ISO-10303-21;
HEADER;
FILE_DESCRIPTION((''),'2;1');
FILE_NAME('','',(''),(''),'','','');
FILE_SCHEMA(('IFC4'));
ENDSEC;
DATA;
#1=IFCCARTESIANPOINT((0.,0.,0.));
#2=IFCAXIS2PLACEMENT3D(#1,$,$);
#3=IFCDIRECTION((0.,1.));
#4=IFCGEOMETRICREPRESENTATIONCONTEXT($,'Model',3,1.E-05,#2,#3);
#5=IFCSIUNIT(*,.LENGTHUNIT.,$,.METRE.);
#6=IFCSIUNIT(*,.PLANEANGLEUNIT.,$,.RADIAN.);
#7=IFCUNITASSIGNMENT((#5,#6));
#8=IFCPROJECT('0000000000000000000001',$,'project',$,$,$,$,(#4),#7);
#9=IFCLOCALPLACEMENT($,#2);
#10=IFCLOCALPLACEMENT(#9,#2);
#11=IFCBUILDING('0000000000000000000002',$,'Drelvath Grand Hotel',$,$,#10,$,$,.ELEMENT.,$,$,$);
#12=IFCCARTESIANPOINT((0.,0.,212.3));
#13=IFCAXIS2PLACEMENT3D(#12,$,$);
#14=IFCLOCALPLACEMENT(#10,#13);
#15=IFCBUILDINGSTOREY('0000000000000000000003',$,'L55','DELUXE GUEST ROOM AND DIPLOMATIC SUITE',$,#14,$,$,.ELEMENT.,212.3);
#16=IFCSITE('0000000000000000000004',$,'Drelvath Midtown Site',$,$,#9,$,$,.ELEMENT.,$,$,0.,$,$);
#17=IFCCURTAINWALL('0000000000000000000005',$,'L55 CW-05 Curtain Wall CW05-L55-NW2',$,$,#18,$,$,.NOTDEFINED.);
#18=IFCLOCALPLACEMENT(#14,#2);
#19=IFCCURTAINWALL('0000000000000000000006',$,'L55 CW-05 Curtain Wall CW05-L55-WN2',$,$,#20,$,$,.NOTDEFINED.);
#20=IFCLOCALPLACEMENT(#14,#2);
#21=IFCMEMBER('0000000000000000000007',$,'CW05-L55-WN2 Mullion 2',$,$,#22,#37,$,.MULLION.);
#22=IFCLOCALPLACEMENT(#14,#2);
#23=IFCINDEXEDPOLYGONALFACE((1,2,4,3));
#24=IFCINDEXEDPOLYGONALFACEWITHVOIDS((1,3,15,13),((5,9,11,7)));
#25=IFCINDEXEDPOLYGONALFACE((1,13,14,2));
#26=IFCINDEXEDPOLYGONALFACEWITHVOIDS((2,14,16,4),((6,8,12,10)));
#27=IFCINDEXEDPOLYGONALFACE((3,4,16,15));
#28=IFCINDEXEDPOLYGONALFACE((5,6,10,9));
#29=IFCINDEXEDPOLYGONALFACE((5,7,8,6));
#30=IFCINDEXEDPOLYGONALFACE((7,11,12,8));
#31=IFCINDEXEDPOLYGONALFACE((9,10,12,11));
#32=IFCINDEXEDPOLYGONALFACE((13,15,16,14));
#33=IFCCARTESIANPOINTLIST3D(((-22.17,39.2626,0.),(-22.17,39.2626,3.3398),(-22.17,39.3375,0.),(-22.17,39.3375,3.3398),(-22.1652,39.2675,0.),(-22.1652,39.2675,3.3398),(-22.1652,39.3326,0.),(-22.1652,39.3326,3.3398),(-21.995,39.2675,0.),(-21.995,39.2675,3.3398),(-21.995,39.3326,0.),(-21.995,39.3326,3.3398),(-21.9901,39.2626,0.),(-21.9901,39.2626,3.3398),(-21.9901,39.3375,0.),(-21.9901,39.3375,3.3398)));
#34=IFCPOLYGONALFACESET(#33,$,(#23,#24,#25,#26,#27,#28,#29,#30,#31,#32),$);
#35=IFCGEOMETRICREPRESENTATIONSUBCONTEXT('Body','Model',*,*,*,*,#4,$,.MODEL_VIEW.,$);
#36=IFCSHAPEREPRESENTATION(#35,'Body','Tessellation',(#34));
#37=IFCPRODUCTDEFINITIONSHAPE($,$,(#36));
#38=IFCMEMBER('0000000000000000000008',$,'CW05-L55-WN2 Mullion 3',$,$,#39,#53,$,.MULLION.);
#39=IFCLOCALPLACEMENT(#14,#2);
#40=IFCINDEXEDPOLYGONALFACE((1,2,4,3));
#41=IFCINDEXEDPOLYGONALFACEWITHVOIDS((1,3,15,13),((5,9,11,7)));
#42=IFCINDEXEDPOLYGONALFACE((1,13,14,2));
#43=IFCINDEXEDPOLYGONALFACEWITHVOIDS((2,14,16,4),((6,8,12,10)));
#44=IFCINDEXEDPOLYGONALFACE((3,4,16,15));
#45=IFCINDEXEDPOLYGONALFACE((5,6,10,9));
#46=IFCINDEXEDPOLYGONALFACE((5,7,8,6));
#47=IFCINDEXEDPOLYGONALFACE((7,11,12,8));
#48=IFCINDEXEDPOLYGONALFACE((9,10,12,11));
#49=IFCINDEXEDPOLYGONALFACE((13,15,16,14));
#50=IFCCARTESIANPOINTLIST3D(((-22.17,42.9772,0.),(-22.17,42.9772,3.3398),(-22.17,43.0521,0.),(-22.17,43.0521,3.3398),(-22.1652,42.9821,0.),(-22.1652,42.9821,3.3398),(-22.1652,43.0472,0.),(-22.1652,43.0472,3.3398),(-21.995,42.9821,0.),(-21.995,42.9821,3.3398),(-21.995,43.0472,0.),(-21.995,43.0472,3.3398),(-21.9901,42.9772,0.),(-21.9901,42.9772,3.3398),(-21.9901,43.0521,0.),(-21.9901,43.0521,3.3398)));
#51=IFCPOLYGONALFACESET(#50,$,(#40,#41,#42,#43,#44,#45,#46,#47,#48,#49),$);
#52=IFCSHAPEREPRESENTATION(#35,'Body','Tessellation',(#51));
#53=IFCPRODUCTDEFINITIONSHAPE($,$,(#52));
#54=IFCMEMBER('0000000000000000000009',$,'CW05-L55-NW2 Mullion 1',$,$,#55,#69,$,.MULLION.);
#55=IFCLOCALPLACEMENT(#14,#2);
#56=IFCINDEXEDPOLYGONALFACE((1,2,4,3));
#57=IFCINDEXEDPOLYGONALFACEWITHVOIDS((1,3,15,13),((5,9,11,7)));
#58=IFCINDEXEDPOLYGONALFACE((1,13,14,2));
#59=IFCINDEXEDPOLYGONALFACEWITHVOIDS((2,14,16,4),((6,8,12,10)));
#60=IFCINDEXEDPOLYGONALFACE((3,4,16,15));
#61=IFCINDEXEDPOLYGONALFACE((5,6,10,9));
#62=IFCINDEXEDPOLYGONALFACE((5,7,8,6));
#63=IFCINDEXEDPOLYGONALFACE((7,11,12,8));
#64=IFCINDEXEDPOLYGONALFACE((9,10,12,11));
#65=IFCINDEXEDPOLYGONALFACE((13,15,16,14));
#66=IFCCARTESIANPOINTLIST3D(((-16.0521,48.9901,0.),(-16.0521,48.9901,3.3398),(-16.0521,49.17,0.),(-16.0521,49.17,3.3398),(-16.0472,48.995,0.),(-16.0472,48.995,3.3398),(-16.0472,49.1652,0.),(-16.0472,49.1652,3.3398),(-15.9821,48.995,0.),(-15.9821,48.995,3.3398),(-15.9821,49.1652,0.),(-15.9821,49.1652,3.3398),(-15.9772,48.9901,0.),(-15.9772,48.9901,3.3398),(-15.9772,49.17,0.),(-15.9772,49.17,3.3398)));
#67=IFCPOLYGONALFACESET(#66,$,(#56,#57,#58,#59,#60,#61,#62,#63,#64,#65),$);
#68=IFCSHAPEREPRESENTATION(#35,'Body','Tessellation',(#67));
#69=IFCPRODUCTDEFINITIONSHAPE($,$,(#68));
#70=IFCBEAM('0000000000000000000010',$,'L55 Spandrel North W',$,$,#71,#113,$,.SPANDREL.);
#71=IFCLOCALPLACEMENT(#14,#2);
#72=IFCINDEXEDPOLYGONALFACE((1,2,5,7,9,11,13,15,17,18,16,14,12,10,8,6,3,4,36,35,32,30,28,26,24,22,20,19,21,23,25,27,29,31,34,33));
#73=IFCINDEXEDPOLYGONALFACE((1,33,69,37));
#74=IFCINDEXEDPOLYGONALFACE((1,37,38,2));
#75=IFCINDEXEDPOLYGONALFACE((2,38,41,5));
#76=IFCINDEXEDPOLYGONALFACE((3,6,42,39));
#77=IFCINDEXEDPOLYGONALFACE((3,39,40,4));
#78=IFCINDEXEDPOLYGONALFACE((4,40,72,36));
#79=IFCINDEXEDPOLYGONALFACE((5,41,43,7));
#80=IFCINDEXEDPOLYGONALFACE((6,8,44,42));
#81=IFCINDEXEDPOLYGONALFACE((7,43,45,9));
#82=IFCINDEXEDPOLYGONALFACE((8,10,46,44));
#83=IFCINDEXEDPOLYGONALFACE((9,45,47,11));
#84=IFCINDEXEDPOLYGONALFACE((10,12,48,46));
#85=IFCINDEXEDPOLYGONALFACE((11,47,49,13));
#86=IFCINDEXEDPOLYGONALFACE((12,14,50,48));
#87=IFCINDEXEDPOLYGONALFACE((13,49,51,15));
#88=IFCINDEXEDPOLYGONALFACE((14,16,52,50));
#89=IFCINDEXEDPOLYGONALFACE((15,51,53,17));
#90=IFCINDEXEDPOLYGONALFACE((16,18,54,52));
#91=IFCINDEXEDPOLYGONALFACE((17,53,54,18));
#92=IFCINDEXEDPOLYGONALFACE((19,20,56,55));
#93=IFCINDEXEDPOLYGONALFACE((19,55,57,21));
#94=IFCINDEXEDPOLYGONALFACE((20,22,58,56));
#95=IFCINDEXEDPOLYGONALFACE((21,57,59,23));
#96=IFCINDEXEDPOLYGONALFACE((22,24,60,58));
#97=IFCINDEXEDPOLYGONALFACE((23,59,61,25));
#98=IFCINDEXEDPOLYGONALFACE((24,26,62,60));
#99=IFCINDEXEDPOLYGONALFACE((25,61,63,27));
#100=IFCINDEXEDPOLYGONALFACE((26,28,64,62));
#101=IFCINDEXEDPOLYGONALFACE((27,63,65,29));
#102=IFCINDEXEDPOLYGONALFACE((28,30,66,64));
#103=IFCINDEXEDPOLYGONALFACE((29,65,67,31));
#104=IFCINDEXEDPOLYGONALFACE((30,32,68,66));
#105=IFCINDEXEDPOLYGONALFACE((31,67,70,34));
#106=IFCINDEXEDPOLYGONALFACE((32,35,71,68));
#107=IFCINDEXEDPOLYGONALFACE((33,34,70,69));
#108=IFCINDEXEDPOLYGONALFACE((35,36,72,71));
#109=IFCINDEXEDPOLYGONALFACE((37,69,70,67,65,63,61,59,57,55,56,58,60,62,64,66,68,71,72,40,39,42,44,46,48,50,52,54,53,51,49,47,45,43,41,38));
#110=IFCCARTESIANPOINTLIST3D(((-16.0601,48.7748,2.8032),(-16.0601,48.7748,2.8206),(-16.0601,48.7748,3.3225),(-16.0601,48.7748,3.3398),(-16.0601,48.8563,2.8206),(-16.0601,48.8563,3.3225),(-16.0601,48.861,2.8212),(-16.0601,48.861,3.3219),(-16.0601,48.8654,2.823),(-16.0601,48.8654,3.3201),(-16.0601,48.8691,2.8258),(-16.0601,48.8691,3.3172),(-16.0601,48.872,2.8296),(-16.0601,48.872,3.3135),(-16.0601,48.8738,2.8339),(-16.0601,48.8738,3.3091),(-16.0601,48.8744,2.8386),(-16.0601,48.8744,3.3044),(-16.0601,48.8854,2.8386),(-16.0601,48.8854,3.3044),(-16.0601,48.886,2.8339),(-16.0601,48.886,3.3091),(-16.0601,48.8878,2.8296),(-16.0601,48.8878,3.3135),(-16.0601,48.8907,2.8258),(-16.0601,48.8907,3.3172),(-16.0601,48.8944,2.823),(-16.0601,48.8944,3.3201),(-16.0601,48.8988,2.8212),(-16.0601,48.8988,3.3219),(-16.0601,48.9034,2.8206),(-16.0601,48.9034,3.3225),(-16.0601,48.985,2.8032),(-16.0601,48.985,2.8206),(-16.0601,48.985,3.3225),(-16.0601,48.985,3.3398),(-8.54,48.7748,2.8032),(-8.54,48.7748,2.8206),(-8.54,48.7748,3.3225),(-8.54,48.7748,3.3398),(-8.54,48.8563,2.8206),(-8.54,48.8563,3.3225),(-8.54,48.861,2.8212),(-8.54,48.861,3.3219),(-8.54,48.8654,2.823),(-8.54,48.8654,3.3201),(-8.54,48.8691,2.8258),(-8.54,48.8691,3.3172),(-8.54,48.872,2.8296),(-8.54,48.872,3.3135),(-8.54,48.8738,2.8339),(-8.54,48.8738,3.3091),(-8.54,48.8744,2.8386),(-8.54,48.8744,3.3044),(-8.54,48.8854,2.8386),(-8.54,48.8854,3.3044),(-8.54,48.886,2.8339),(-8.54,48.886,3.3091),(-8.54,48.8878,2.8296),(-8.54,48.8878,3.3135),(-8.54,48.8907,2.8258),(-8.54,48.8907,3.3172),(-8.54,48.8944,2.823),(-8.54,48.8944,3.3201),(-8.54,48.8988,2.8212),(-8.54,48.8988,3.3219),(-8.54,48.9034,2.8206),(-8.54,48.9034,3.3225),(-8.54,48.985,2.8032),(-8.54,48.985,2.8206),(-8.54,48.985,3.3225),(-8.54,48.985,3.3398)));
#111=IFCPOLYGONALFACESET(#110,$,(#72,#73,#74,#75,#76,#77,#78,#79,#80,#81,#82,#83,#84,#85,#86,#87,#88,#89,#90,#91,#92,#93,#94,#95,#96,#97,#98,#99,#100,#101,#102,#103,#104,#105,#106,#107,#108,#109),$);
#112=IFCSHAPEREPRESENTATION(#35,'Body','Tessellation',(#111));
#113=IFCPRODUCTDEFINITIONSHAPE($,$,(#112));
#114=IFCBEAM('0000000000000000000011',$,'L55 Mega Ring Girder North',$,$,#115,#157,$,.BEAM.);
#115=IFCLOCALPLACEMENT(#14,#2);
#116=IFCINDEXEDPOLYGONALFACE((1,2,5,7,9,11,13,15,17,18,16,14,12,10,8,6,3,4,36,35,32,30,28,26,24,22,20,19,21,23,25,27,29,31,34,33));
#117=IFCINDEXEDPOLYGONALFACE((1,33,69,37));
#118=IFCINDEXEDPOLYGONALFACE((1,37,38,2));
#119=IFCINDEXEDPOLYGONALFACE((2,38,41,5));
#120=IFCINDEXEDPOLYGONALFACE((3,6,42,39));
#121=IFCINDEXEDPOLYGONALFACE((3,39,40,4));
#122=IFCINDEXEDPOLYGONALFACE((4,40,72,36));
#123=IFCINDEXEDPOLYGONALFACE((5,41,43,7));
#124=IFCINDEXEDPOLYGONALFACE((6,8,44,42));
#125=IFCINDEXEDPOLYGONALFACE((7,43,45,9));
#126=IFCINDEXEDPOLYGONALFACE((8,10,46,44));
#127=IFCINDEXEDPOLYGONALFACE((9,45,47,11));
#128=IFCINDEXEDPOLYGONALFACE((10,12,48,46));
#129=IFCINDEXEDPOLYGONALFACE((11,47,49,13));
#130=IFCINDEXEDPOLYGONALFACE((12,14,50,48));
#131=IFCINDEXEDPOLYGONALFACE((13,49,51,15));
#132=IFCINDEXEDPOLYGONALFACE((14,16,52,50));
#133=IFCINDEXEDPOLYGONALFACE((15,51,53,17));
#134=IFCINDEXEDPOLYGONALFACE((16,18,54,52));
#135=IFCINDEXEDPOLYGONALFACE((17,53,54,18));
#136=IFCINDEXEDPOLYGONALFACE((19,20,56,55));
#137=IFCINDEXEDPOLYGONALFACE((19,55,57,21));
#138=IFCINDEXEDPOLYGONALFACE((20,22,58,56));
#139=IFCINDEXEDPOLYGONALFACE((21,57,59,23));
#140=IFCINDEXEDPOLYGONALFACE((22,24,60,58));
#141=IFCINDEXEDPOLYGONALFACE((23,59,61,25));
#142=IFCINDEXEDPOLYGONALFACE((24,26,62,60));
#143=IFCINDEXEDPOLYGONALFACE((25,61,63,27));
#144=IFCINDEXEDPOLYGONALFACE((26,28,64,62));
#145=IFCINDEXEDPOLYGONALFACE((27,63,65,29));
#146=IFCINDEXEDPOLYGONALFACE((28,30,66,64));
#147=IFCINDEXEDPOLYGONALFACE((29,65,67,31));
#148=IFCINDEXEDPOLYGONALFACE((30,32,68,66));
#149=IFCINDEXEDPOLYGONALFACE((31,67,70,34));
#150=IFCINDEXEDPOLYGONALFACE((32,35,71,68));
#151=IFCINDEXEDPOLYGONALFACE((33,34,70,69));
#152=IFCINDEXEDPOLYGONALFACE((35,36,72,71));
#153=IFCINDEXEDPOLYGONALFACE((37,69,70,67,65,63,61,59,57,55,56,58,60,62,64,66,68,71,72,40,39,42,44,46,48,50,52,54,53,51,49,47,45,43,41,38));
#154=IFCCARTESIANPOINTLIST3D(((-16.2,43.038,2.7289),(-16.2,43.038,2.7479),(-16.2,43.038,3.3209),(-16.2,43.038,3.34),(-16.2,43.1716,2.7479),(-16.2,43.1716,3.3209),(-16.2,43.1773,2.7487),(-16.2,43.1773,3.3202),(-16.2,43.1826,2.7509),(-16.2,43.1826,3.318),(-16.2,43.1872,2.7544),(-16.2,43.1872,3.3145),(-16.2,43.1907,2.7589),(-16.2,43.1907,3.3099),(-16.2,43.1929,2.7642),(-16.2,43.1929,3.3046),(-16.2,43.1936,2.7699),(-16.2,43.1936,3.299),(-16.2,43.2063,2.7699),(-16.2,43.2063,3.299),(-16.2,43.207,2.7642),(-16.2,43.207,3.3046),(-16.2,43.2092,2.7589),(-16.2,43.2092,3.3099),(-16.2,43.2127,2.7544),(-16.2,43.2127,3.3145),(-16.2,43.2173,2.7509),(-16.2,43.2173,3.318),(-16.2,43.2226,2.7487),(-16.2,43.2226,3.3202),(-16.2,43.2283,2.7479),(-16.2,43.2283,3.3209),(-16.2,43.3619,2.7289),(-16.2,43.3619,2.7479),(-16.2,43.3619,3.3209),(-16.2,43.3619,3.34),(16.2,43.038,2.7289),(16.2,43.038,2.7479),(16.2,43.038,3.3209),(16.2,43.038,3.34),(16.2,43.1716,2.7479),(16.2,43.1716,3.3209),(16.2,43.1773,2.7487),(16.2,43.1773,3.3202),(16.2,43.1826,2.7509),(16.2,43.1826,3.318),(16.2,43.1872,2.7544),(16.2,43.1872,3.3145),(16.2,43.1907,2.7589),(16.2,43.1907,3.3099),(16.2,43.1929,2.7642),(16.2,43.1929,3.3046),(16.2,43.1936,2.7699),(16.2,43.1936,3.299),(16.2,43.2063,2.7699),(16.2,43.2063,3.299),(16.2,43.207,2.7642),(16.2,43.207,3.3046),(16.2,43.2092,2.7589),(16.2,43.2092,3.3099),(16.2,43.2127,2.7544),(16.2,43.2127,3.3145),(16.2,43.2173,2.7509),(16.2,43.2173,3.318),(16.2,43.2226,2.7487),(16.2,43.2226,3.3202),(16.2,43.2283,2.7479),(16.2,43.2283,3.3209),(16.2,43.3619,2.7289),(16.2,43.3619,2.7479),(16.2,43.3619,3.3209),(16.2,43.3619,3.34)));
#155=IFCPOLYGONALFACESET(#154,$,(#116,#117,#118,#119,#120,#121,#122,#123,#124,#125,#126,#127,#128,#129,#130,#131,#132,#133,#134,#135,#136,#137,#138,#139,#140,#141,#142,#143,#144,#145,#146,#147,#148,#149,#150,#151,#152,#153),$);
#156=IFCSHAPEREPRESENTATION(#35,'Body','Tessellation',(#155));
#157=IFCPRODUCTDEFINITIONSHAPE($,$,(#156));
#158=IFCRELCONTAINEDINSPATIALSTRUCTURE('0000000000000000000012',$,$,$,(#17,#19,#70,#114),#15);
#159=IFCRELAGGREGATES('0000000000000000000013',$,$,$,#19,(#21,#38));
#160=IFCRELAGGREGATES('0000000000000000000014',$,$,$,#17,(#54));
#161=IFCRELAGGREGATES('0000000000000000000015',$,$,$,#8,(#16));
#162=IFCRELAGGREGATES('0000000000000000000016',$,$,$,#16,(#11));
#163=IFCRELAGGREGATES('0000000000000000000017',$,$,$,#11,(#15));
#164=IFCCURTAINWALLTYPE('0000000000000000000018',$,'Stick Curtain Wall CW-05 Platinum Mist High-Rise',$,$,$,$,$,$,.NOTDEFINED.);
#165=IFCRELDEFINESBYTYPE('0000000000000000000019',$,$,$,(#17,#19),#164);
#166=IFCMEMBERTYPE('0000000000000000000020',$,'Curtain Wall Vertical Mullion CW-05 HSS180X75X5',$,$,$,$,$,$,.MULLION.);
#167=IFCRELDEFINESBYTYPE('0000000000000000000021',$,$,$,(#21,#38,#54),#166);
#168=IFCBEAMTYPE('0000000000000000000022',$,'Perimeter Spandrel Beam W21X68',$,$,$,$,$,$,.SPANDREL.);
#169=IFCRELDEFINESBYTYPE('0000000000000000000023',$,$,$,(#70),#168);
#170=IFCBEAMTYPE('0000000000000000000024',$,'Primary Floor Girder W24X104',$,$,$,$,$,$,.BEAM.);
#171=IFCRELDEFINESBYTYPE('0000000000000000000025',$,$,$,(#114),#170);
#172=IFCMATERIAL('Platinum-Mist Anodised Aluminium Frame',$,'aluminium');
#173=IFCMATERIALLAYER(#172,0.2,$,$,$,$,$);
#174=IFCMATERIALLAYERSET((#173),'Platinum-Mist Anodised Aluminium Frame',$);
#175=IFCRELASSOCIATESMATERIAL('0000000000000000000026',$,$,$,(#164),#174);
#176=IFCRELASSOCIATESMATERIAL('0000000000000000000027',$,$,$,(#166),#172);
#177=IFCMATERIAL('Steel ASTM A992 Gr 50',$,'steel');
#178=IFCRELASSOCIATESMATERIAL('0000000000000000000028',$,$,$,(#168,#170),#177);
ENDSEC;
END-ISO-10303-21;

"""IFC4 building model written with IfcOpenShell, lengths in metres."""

from ifc_helpers import new_model, si_unit, direction, frame, origin, origin_2d, place, context, subcontext, project, spatial, hollow_rectangle, i_section, extrude, material, layer, layer_set, material_profile, profile_set, type_object, element, aggregate, save


model = new_model("IFC4")

# Units and contexts
model_context = context("Model", 3, precision=1e-05, world=origin(), true_north=direction((0.0, 1.0)))
body_context = subcontext(model_context, "Body", "Model", "MODEL_VIEW")
ifc_project = project(units=[si_unit("LENGTHUNIT", "METRE"), si_unit("PLANEANGLEUNIT", "RADIAN")], contexts=[model_context])

# Site, building, storey
site_placement = place(None, origin())
site = spatial("IfcSite", under=ifc_project, at=site_placement, Name="Drelvath Midtown Site", CompositionType="ELEMENT", RefElevation=0.0)
building_placement = place(site_placement, origin())
building = spatial("IfcBuilding", under=site, at=building_placement, Name="Drelvath Grand Hotel", CompositionType="ELEMENT")
storey_placement = place(building_placement, frame((0.0, 0.0, 212.3)))
storey = spatial("IfcBuildingStorey", under=building, at=storey_placement, Name="L55", Description="DELUXE GUEST ROOM AND DIPLOMATIC SUITE", CompositionType="ELEMENT", Elevation=212.3)

# Shared definitions
ifc_material_1 = material(Name="Steel ASTM A992 Gr 50", Category="steel")

# Curtain wall
ifc_material_2 = material(Name="Platinum-Mist Anodised Aluminium Frame", Category="aluminium")
ifc_layer_1 = layer(ifc_material_2, 0.2)
ifc_layer_set_1 = layer_set([ifc_layer_1], Name="Platinum-Mist Anodised Aluminium Frame")
curtain_wall_type = type_object("IfcCurtainWallType", Name="Stick Curtain Wall CW-05 Platinum Mist High-Rise", PredefinedType="NOTDEFINED", material=ifc_layer_set_1)
curtain_wall_1_placement = place(storey_placement, origin())
curtain_wall_1 = element("IfcCurtainWall", 1, at=curtain_wall_1_placement, inside=storey, type_object=curtain_wall_type, Name="L55 CW-05 Curtain Wall CW05-L55-NW2", PredefinedType="NOTDEFINED")

# Curtain wall, members
curtain_wall_2_placement = place(storey_placement, origin())
curtain_wall_2 = element("IfcCurtainWall", 2, at=curtain_wall_2_placement, inside=storey, type_object=curtain_wall_type, Name="L55 CW-05 Curtain Wall CW05-L55-WN2", PredefinedType="NOTDEFINED")
ifc_material_profile_1 = material_profile(ifc_material_2, hollow_rectangle(XDim=0.075, YDim=0.1799, WallThickness=0.0049, at=origin_2d()), Name="HSS180X75X5")
ifc_profile_set_1 = profile_set([ifc_material_profile_1], Name="Platinum-Mist Anodised Aluminium Frame")
member_type_1 = type_object("IfcMemberType", Name="Curtain Wall Vertical Mullion CW-05 HSS180X75X5", PredefinedType="MULLION", material=ifc_profile_set_1)
member_1_placement = place(storey_placement, frame((-22.0801, 39.3, 0.0), z_axis=(0.0, 0.0, 1.0), x_axis=(0.0, 1.0, 0.0)))
member_1 = element("IfcMember", 3, at=member_1_placement, type_object=member_type_1, Name="CW05-L55-WN2 Mullion 2", PredefinedType="MULLION", context=body_context, shape_type="SweptSolid", body=[
    extrude(hollow_rectangle(XDim=0.075, YDim=0.1799, WallThickness=0.0049, at=origin_2d()), origin(), (0.0, 0.0, 1.0), 3.3398),
])
member_2_placement = place(storey_placement, frame((-22.0801, 43.0146, 0.0), z_axis=(0.0, 0.0, 1.0), x_axis=(0.0, 1.0, 0.0)))
member_2 = element("IfcMember", 4, at=member_2_placement, type_object=member_type_1, Name="CW05-L55-WN2 Mullion 3", PredefinedType="MULLION", context=body_context, shape_type="SweptSolid", body=[
    extrude(hollow_rectangle(XDim=0.075, YDim=0.1799, WallThickness=0.0049, at=origin_2d()), origin(), (0.0, 0.0, 1.0), 3.3398),
])

# Member
member_3_placement = place(storey_placement, frame((-16.0146, 49.0801, 0.0), z_axis=(0.0, 0.0, 1.0), x_axis=(1.0, 0.0, 0.0)))
member_3 = element("IfcMember", 5, at=member_3_placement, type_object=member_type_1, Name="CW05-L55-NW2 Mullion 1", PredefinedType="MULLION", context=body_context, shape_type="SweptSolid", body=[
    extrude(hollow_rectangle(XDim=0.075, YDim=0.1799, WallThickness=0.0049, at=origin_2d()), origin(), (0.0, 0.0, 1.0), 3.3398),
])

# Beams
ifc_material_profile_2 = material_profile(ifc_material_1, i_section(OverallWidth=0.2102, OverallDepth=0.5366, WebThickness=0.011, FlangeThickness=0.0173, FilletRadius=0.0181, at=origin_2d()), Name="W21X68")
ifc_profile_set_2 = profile_set([ifc_material_profile_2], Name="Steel ASTM A992 Gr 50")
beam_type_1 = type_object("IfcBeamType", Name="Perimeter Spandrel Beam W21X68", PredefinedType="SPANDREL", material=ifc_profile_set_2)
beam_1_placement = place(storey_placement, frame((-16.0601, 48.8799, 3.0715), z_axis=(1.0, 0.0, 0.0), x_axis=(0.0, 1.0, 0.0)))
element("IfcBeam", 6, at=beam_1_placement, inside=storey, type_object=beam_type_1, Name="L55 Spandrel North W", PredefinedType="SPANDREL", context=body_context, shape_type="SweptSolid", body=[
    extrude(i_section(OverallWidth=0.2102, OverallDepth=0.5366, WebThickness=0.011, FlangeThickness=0.0173, FilletRadius=0.0181, at=origin_2d()), origin(), (0.0, 0.0, 1.0), 7.52),
])
ifc_material_profile_3 = material_profile(ifc_material_1, i_section(OverallWidth=0.324, OverallDepth=0.6111, WebThickness=0.0127, FlangeThickness=0.019, FilletRadius=0.022, at=origin_2d()), Name="W24X104")
ifc_profile_set_3 = profile_set([ifc_material_profile_3], Name="Steel ASTM A992 Gr 50")
beam_type_2 = type_object("IfcBeamType", Name="Primary Floor Girder W24X104", PredefinedType="BEAM", material=ifc_profile_set_3)
beam_2_placement = place(storey_placement, frame((-16.2, 43.2, 3.0344), z_axis=(1.0, 0.0, 0.0), x_axis=(0.0, 1.0, 0.0)))
element("IfcBeam", 7, at=beam_2_placement, inside=storey, type_object=beam_type_2, Name="L55 Mega Ring Girder North", PredefinedType="BEAM", context=body_context, shape_type="SweptSolid", body=[
    extrude(i_section(OverallWidth=0.324, OverallDepth=0.6111, WebThickness=0.0127, FlangeThickness=0.019, FilletRadius=0.022, at=origin_2d()), origin(), (0.0, 0.0, 1.0), 32.3999),
])

aggregate(curtain_wall_2, [member_1, member_2])
aggregate(curtain_wall_1, [member_3])

save(model, "model.ifc")
